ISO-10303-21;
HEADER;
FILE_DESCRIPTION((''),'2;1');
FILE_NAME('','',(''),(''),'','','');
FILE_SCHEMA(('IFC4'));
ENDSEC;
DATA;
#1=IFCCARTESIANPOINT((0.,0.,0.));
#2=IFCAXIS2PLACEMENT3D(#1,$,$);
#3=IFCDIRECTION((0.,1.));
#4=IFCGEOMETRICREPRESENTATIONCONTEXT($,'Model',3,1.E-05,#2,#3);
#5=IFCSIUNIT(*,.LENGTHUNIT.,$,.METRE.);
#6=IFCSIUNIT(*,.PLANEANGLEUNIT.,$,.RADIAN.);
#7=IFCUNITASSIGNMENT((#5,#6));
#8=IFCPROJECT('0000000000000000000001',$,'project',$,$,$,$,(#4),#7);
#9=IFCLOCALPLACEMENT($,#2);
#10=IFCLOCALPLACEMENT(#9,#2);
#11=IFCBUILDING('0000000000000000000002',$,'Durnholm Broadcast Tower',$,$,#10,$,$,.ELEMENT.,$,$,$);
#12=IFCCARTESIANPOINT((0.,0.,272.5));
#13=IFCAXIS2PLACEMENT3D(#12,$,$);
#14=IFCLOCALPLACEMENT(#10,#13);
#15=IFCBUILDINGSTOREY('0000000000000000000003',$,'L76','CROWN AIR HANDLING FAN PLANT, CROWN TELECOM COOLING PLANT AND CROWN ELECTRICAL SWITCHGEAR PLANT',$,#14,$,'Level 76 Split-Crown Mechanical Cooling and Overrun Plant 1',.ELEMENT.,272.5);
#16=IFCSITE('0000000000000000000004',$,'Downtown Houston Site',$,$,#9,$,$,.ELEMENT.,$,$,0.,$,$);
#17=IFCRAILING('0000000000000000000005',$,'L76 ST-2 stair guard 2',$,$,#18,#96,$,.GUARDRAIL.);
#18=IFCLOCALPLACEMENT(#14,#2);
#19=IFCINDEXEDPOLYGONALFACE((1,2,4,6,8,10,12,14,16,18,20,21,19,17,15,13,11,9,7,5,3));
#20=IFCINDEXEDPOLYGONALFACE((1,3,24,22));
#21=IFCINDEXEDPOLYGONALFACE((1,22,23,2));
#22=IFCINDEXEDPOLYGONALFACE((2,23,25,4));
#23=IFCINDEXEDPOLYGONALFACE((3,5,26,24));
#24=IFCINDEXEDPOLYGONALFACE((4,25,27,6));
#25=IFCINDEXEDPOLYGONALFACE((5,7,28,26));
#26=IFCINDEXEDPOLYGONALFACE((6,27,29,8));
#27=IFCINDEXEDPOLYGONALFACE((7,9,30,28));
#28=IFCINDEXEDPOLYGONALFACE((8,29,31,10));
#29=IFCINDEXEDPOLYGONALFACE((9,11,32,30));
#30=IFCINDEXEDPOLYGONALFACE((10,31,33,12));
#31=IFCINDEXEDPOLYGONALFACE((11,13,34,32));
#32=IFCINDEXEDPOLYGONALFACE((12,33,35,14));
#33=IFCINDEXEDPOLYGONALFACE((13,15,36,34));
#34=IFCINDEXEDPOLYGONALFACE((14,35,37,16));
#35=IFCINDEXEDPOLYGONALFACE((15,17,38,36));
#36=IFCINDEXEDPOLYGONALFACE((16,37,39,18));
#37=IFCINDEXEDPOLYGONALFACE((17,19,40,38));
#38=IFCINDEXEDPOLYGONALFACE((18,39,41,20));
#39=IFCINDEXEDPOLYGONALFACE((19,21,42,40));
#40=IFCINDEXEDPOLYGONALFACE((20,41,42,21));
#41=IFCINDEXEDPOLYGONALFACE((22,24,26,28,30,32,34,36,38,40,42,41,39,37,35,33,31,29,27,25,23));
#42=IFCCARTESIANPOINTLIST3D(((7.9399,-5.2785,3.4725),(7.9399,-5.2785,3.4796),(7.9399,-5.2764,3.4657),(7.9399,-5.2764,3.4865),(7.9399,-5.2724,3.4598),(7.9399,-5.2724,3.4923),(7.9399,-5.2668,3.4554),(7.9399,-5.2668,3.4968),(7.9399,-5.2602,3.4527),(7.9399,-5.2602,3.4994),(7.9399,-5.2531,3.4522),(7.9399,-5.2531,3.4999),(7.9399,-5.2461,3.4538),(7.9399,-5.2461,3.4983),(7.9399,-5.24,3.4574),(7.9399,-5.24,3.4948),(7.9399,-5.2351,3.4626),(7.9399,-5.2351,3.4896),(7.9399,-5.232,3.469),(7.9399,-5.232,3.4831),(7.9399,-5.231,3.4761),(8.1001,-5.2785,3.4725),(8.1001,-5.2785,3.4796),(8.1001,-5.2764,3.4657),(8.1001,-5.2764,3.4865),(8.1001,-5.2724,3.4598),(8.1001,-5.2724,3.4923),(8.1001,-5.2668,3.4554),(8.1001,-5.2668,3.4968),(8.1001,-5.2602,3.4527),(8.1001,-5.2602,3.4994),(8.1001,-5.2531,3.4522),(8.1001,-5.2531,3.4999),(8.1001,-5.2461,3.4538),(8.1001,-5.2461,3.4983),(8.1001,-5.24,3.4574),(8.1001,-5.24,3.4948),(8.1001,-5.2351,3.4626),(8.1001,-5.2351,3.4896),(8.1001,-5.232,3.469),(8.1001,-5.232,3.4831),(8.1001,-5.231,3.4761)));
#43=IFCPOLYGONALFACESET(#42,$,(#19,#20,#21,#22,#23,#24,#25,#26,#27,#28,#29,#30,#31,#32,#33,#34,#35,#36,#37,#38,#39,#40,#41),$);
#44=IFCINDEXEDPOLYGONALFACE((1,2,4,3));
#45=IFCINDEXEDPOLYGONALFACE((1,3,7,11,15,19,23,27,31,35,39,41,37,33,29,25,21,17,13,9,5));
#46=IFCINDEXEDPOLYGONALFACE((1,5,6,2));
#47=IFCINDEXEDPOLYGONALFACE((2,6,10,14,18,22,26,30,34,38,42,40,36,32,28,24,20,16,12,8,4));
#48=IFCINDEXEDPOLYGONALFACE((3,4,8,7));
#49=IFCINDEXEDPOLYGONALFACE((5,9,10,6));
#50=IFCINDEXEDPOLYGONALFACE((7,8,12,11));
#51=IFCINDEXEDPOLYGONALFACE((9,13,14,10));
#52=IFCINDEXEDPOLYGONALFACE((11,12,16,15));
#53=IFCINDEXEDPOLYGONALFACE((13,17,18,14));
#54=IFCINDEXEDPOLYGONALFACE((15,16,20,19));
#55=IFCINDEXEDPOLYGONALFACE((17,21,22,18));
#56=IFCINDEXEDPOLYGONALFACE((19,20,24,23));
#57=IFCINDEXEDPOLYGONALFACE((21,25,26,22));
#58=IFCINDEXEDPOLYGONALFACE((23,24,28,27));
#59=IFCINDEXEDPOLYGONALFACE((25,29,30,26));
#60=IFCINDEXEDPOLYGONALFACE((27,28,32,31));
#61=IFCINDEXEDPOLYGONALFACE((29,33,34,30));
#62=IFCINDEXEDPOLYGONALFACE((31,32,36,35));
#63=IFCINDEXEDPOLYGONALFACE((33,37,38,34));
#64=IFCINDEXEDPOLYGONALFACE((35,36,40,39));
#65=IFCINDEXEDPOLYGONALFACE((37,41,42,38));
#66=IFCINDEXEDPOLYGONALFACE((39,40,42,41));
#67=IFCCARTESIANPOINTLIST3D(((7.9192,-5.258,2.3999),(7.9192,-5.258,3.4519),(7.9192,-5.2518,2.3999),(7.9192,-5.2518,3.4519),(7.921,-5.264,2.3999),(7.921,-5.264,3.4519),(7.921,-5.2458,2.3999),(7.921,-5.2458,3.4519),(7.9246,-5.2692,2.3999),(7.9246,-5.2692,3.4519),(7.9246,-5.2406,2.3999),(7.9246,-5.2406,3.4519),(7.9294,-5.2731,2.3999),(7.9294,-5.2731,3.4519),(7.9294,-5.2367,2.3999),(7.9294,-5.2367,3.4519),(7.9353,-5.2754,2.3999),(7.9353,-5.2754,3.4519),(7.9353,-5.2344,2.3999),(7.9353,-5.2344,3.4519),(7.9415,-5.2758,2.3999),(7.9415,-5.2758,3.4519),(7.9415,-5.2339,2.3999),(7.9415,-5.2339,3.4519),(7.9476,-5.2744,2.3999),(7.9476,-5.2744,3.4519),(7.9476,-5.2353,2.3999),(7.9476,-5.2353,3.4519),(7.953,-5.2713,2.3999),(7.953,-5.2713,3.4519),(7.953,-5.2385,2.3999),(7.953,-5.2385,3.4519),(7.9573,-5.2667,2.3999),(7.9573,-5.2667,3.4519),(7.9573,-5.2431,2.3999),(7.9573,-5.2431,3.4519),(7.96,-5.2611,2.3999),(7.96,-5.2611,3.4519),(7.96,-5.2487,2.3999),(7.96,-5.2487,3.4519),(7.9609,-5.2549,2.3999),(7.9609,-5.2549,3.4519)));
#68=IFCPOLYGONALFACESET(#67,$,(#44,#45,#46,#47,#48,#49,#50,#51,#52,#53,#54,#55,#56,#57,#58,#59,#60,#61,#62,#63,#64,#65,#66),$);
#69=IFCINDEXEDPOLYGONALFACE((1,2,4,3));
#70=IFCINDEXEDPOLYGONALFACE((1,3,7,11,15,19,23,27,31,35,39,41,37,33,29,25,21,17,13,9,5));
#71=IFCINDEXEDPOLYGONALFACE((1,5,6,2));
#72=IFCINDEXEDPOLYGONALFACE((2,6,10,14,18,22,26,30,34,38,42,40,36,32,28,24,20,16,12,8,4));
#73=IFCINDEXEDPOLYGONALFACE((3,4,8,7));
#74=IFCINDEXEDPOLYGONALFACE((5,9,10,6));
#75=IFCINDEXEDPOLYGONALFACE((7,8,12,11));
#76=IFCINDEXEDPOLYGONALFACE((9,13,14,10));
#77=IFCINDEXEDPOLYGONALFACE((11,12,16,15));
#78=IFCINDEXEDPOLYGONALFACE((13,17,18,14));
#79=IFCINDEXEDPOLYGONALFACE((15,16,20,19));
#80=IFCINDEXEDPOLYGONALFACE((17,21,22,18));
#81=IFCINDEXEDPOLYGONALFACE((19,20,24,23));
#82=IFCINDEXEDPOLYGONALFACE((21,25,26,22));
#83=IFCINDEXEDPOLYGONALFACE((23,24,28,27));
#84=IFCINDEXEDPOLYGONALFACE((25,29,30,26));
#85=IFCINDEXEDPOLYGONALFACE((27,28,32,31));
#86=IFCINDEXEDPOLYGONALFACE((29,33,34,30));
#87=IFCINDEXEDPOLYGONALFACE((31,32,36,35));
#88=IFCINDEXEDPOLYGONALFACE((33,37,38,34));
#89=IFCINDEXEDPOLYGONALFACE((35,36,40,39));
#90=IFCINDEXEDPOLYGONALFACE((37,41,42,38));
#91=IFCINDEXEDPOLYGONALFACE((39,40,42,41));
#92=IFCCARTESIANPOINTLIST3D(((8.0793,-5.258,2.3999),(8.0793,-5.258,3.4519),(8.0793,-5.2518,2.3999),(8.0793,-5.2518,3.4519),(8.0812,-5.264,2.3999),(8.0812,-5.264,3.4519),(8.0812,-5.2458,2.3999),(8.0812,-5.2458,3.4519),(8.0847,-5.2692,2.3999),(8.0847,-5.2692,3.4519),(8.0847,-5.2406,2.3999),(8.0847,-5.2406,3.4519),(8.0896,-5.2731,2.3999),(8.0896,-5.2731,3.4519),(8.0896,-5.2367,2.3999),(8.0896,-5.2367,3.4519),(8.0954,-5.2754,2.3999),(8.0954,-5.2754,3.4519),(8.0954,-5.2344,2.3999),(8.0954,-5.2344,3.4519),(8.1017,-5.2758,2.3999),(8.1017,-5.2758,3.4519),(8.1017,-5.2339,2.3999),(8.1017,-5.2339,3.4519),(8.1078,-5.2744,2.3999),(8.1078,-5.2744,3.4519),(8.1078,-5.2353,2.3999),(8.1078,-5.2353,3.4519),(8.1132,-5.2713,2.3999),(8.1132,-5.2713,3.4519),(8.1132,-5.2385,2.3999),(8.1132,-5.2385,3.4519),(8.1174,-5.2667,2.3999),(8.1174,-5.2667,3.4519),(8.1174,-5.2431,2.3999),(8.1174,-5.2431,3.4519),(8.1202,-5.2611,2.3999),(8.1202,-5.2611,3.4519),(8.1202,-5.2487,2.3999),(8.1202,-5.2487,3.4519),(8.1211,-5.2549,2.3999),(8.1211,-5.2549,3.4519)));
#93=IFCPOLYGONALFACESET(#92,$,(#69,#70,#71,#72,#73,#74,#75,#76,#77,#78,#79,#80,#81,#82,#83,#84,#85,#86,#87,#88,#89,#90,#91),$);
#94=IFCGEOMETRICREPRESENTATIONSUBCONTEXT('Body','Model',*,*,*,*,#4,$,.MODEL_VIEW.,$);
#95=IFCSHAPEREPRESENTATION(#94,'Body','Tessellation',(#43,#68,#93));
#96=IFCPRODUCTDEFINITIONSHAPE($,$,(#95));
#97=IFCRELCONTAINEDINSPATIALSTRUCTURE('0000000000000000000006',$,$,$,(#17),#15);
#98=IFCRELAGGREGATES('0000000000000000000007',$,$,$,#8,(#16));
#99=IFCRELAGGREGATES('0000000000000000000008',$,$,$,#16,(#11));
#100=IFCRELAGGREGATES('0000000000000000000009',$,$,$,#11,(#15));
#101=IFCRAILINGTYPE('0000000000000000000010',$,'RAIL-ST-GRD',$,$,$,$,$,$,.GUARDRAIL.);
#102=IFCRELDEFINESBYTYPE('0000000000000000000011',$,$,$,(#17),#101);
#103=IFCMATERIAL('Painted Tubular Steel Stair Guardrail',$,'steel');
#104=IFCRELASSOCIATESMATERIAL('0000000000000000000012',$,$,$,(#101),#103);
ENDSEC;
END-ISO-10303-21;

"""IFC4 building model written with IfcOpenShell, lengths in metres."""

from ifc_helpers import new_model, si_unit, direction, frame, origin, origin_2d, place, context, subcontext, project, spatial, circle, extrude, material, type_object, element, save


model = new_model("IFC4")

# Units and contexts
model_context = context("Model", 3, precision=1e-05, world=origin(), true_north=direction((0.0, 1.0)))
body_context = subcontext(model_context, "Body", "Model", "MODEL_VIEW")
ifc_project = project(units=[si_unit("LENGTHUNIT", "METRE"), si_unit("PLANEANGLEUNIT", "RADIAN")], contexts=[model_context])

# Site, building, storey
site_placement = place(None, origin())
site = spatial("IfcSite", under=ifc_project, at=site_placement, Name="Downtown Houston Site", CompositionType="ELEMENT", RefElevation=0.0)
building_placement = place(site_placement, origin())
building = spatial("IfcBuilding", under=site, at=building_placement, Name="Durnholm Broadcast Tower", CompositionType="ELEMENT")
storey_placement = place(building_placement, frame((0.0, 0.0, 272.5)))
storey = spatial("IfcBuildingStorey", under=building, at=storey_placement, Name="L76", Description="CROWN AIR HANDLING FAN PLANT, CROWN TELECOM COOLING PLANT AND CROWN ELECTRICAL SWITCHGEAR PLANT", LongName="Level 76 Split-Crown Mechanical Cooling and Overrun Plant 1", CompositionType="ELEMENT", Elevation=272.5)

# Railing
ifc_material_1 = material(Name="Painted Tubular Steel Stair Guardrail", Category="steel")
railing_type_1 = type_object("IfcRailingType", Name="RAIL-ST-GRD", PredefinedType="GUARDRAIL", material=ifc_material_1)
railing_1_placement = place(storey_placement, frame((7.9399, -5.2549, 2.3999)))
element("IfcRailing", 1, at=railing_1_placement, inside=storey, type_object=railing_type_1, Name="L76 ST-2 stair guard 2", PredefinedType="GUARDRAIL", context=body_context, shape_type="SweptSolid", body=[
    extrude(circle(Radius=0.0239, at=origin_2d()), frame((0.0, 0.0, 1.0762), z_axis=(1.0, 0.0, 0.0), x_axis=(0.0, 1.0, 0.0)), (0.0, 0.0, 1.0), 0.1602),
    extrude(circle(Radius=0.021, at=origin_2d()), origin(), (0.0, 0.0, 1.0), 1.052),
    extrude(circle(Radius=0.021, at=origin_2d()), frame((0.1602, 0.0, 0.0)), (0.0, 0.0, 1.0), 1.052),
])

save(model, "model.ifc")
